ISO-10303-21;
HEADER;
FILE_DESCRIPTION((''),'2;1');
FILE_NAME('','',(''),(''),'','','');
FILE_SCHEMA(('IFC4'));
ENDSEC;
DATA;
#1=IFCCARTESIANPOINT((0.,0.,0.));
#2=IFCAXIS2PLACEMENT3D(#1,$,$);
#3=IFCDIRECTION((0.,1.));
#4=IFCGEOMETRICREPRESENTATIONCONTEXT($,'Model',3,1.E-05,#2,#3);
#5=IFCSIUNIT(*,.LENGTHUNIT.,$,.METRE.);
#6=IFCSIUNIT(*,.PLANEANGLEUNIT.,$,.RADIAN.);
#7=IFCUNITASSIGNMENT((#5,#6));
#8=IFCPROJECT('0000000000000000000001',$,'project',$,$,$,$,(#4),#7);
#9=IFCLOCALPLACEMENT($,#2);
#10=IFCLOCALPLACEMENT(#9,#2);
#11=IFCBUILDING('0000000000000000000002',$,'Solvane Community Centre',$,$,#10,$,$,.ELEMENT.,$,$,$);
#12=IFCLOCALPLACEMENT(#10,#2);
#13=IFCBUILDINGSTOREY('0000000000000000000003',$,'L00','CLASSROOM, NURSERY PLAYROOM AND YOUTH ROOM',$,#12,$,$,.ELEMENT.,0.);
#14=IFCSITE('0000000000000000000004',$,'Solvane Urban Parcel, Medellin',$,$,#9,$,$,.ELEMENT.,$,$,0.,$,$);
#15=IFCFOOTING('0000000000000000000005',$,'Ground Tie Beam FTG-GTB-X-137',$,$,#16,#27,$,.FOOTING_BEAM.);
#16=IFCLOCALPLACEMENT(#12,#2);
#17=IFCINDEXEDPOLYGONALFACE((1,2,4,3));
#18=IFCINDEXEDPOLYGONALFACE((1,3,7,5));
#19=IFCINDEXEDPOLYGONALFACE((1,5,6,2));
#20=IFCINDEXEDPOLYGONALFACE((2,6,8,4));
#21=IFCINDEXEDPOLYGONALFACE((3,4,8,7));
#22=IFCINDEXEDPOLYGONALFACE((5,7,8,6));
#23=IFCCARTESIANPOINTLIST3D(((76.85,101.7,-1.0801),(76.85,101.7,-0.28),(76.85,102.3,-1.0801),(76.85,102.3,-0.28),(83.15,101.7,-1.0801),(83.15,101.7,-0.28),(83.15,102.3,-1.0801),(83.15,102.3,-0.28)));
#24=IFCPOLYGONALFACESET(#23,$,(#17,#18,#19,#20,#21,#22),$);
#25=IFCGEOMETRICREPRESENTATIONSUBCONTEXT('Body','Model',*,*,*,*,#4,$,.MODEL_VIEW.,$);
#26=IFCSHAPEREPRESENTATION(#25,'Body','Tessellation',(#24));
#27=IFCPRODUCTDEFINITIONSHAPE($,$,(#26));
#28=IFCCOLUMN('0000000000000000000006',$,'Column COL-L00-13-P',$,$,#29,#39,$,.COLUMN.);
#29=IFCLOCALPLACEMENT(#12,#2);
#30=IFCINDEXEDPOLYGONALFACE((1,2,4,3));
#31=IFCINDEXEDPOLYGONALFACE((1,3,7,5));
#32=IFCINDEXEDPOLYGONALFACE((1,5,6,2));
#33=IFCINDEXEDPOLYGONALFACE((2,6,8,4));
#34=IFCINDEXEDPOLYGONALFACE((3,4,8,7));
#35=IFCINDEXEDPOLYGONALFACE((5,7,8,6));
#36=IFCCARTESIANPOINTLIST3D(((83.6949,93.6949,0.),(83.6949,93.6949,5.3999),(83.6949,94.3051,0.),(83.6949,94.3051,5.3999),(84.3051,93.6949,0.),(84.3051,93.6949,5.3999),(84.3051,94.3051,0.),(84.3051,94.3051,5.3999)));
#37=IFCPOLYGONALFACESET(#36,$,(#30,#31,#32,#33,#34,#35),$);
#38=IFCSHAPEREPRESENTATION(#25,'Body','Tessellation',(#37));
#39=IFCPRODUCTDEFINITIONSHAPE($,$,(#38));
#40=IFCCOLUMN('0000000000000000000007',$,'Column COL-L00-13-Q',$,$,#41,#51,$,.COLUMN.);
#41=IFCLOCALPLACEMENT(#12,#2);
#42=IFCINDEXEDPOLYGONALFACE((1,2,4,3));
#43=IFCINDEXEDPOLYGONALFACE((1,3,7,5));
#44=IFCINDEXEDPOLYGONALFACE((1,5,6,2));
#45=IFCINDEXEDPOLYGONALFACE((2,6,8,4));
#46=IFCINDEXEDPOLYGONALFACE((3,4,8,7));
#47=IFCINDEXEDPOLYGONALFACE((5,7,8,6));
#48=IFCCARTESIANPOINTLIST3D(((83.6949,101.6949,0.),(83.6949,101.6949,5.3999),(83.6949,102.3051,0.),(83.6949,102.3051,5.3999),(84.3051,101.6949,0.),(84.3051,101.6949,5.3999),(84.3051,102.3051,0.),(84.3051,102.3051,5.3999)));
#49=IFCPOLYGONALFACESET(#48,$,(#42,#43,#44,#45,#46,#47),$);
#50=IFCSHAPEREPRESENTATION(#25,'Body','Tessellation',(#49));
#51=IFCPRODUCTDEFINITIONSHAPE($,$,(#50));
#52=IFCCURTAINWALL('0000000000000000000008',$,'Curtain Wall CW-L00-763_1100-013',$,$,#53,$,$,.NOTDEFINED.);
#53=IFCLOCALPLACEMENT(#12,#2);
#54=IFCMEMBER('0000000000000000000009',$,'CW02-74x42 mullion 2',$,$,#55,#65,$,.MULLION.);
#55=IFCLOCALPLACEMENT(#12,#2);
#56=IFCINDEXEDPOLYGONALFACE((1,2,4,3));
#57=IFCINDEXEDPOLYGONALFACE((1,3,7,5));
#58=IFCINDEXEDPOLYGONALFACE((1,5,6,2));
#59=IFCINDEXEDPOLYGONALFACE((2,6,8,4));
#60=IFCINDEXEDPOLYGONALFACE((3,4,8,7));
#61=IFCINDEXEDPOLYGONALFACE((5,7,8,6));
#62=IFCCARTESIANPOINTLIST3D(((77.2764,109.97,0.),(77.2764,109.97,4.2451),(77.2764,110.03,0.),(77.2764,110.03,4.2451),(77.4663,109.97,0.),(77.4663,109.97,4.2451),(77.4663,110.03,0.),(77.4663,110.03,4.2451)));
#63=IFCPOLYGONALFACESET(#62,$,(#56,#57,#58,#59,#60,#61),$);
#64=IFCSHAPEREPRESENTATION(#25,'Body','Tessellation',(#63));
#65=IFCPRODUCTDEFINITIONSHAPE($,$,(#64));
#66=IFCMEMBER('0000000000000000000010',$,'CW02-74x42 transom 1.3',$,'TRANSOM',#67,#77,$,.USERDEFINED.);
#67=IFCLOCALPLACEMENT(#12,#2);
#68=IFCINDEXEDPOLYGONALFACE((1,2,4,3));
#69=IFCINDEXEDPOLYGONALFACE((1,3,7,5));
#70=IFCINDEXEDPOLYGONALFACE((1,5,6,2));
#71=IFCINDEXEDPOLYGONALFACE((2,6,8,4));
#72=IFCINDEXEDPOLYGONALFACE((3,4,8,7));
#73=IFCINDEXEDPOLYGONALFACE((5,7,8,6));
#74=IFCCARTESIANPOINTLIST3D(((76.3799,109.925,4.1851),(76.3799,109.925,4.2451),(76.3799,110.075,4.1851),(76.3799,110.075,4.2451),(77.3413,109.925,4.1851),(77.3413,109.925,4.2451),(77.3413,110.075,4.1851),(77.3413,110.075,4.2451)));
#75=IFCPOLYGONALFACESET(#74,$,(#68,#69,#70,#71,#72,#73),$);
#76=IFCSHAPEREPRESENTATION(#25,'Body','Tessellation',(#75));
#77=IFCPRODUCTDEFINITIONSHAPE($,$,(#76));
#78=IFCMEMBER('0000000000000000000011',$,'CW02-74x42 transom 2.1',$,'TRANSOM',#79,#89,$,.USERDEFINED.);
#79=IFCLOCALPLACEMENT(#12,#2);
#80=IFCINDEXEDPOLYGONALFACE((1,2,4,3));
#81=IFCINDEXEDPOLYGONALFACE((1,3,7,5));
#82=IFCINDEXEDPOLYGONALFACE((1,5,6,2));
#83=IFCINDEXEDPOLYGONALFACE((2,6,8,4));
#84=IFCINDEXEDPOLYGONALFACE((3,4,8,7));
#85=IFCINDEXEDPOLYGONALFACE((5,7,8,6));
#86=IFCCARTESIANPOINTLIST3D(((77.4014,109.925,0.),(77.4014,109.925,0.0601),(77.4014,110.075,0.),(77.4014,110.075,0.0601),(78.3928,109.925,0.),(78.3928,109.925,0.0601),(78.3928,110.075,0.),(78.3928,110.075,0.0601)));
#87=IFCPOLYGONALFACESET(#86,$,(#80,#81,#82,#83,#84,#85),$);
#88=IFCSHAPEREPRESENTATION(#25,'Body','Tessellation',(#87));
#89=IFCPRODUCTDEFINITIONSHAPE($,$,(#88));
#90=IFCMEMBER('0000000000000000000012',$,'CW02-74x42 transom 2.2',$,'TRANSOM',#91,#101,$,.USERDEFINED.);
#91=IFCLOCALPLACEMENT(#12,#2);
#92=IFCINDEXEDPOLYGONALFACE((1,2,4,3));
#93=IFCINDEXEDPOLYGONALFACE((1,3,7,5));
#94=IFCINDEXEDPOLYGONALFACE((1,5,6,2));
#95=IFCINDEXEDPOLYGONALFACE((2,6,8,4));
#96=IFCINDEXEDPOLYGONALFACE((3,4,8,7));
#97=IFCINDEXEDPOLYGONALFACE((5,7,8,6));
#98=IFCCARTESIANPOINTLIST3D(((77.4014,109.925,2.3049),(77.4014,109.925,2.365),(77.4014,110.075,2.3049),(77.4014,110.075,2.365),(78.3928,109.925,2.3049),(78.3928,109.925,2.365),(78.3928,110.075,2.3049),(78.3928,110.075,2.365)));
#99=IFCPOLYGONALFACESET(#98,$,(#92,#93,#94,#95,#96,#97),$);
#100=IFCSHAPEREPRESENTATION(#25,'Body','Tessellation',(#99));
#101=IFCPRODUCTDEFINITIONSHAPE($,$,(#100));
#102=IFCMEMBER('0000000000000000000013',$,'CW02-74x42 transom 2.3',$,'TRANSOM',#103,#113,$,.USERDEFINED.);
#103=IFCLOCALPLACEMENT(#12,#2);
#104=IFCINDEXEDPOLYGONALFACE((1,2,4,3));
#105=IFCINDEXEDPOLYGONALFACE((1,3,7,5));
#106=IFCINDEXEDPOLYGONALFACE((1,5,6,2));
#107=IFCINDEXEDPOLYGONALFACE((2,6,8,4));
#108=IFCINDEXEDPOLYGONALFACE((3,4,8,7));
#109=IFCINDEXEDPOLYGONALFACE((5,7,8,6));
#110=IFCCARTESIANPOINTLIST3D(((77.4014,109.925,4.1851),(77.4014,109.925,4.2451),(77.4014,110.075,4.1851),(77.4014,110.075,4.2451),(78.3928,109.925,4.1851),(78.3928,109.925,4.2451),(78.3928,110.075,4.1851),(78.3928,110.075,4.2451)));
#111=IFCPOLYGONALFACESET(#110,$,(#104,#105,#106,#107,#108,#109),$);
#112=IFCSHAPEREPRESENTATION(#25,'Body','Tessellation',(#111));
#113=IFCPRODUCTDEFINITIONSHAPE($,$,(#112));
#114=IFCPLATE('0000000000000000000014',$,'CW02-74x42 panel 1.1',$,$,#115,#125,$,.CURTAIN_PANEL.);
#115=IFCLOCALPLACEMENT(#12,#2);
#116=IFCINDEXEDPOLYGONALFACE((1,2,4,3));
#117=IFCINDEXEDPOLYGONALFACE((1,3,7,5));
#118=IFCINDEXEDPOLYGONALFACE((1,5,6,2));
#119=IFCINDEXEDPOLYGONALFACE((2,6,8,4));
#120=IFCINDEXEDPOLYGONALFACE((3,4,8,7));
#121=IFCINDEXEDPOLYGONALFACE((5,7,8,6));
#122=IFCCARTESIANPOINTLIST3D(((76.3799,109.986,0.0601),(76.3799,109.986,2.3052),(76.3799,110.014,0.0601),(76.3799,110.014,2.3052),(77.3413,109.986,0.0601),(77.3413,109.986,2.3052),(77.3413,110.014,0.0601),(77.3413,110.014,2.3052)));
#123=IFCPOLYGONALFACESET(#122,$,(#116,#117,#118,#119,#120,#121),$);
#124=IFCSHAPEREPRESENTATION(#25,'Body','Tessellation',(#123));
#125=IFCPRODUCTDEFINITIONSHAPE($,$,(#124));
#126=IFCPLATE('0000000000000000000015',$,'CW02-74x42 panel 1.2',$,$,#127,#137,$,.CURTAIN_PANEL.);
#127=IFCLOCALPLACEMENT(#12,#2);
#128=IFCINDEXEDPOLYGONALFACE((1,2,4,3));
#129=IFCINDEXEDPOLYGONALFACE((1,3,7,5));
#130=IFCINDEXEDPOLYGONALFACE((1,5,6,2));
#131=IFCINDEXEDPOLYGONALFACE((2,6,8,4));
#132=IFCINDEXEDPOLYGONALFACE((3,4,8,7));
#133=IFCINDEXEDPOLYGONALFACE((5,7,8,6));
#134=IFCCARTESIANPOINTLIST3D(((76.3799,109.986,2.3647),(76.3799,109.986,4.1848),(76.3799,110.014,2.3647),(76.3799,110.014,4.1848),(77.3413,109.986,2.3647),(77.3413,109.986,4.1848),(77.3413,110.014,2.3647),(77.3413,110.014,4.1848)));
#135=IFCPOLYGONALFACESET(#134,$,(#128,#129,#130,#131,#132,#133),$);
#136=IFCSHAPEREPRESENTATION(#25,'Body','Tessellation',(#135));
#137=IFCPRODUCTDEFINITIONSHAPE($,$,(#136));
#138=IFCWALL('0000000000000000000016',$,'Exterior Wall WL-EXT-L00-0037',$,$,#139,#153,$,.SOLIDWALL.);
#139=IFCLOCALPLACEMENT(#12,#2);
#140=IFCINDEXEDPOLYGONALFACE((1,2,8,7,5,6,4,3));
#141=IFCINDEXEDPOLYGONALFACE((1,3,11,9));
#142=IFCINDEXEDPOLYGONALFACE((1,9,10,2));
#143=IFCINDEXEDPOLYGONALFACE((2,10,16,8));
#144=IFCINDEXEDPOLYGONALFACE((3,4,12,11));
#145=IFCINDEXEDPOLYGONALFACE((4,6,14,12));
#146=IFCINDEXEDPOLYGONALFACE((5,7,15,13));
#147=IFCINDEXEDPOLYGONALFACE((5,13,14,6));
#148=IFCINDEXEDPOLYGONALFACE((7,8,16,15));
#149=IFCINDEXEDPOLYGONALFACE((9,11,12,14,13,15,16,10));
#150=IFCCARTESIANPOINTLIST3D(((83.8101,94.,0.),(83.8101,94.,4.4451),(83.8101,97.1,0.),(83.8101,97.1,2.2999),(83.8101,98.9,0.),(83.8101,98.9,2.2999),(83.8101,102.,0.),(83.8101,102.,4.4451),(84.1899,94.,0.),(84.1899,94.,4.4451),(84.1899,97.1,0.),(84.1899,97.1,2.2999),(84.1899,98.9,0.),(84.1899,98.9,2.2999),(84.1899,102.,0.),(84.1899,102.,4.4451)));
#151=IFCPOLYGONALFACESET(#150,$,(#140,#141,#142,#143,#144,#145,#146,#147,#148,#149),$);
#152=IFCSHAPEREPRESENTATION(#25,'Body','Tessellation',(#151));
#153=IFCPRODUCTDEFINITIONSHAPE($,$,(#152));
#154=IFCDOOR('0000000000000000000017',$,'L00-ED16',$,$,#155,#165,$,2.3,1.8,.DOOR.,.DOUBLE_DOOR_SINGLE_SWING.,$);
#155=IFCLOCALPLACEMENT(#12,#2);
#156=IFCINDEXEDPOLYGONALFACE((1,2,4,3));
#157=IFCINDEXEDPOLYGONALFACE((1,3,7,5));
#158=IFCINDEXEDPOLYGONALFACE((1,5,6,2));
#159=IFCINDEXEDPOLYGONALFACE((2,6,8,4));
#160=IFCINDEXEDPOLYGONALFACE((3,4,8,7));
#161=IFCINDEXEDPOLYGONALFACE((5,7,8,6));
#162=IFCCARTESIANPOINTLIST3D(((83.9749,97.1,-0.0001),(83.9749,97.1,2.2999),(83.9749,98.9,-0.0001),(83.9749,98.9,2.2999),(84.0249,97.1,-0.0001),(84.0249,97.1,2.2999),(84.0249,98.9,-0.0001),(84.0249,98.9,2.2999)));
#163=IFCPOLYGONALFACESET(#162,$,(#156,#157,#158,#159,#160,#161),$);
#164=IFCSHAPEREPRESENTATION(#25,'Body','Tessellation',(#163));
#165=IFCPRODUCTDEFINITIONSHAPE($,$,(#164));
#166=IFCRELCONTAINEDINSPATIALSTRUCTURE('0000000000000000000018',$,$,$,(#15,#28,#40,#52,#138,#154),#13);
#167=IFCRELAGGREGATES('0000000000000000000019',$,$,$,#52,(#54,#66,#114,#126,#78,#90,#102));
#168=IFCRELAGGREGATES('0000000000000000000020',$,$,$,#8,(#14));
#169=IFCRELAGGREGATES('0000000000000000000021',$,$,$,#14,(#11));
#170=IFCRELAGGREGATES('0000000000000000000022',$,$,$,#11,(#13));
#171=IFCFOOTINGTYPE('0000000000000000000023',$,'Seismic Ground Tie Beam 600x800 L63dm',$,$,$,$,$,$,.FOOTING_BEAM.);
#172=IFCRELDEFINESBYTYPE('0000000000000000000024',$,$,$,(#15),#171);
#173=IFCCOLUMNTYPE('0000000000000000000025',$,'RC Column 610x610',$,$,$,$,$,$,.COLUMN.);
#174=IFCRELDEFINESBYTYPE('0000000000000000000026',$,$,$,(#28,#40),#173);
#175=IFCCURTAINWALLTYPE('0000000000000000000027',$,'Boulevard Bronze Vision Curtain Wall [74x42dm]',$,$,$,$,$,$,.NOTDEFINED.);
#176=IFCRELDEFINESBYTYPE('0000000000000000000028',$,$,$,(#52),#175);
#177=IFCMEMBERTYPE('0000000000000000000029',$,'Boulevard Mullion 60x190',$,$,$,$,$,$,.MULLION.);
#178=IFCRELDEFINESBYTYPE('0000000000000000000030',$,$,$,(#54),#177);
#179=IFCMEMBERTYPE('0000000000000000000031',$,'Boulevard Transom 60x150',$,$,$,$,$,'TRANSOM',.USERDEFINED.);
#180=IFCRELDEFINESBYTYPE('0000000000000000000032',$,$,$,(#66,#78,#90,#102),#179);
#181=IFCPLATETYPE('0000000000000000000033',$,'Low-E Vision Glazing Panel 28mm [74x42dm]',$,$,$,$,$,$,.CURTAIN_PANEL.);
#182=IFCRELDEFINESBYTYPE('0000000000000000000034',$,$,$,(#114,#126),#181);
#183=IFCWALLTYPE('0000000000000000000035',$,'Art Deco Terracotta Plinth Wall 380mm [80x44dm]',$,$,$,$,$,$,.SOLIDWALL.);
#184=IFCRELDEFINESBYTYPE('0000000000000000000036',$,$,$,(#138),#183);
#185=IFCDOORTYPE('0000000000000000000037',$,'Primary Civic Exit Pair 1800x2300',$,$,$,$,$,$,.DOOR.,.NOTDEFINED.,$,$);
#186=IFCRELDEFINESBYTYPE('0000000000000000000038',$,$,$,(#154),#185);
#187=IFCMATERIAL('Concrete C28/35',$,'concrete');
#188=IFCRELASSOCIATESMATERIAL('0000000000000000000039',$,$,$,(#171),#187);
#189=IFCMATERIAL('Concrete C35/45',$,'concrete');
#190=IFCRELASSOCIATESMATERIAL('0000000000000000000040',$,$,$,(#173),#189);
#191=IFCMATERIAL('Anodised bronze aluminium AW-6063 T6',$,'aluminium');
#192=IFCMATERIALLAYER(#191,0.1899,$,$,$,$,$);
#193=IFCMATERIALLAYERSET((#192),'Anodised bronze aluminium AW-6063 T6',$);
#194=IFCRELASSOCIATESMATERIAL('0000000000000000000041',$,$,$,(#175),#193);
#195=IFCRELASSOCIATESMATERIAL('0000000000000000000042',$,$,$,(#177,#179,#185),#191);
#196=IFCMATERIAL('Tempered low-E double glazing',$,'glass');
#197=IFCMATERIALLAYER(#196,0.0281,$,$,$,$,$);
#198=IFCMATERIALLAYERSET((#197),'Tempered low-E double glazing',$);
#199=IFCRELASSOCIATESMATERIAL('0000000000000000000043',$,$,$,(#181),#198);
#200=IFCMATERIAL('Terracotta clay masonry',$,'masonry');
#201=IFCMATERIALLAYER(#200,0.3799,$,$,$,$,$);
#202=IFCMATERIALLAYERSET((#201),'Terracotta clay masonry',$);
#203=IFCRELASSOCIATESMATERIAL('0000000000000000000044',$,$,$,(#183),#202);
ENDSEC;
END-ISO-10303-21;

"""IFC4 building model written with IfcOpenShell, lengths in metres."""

from ifc_helpers import new_model, si_unit, direction, frame, frame_2d, origin, origin_2d, place, context, subcontext, project, spatial, rectangle, extrude, material, layer, layer_set, material_profile, profile_set, type_object, element, fill, aggregate, save


model = new_model("IFC4")

# Units and contexts
model_context = context("Model", 3, precision=1e-05, world=origin(), true_north=direction((0.0, 1.0)))
body_context = subcontext(model_context, "Body", "Model", "MODEL_VIEW")
ifc_project = project(units=[si_unit("LENGTHUNIT", "METRE"), si_unit("PLANEANGLEUNIT", "RADIAN")], contexts=[model_context])

# Site, building, storey
site_placement = place(None, origin())
site = spatial("IfcSite", under=ifc_project, at=site_placement, Name="Solvane Urban Parcel, Medellin", CompositionType="ELEMENT", RefElevation=0.0)
building_placement = place(site_placement, origin())
building = spatial("IfcBuilding", under=site, at=building_placement, Name="Solvane Community Centre", CompositionType="ELEMENT")
storey_placement = place(building_placement, origin())
storey = spatial("IfcBuildingStorey", under=building, at=storey_placement, Name="L00", Description="CLASSROOM, NURSERY PLAYROOM AND YOUTH ROOM", CompositionType="ELEMENT", Elevation=0.0)

# Shared definitions
ifc_material_1 = material(Name="Concrete C28/35", Category="concrete")

# Footing
footing_type_1 = type_object("IfcFootingType", Name="Seismic Ground Tie Beam 600x800 L63dm", PredefinedType="FOOTING_BEAM", material=ifc_material_1)
for number, where, z_axis, x_axis, name in (
    (1, (80.0, 102.0, -1.0801), (0.0, 0.0, 1.0), (1.0, 0.0, 0.0), "Ground Tie Beam FTG-GTB-X-137"),
):
    element("IfcFooting", number, at=place(storey_placement, frame(where, z_axis=z_axis, x_axis=x_axis)), inside=storey, type_object=footing_type_1, Name=name, PredefinedType="FOOTING_BEAM", context=body_context, shape_type="SweptSolid", body=[
        extrude(rectangle(XDim=6.3, YDim=0.6001, at=origin_2d()), origin(), (0.0, 0.0, 1.0), 0.8),
    ])

# Columns
ifc_material_2 = material(Name="Concrete C35/45", Category="concrete")
ifc_material_profile_1 = material_profile(ifc_material_2, rectangle(XDim=0.6101, YDim=0.6101, at=origin_2d()), Name="RC 610x610")
ifc_profile_set_1 = profile_set([ifc_material_profile_1], Name="Concrete C35/45")
column_type = type_object("IfcColumnType", Name="RC Column 610x610", PredefinedType="COLUMN", material=ifc_profile_set_1)
for number, where, z_axis, x_axis, name in (
    (2, (84.0, 94.0, 0.0), (0.0, 0.0, 1.0), (1.0, 0.0, 0.0), "Column COL-L00-13-P"),
    (3, (84.0, 102.0, 0.0), (0.0, 0.0, 1.0), (1.0, 0.0, 0.0), "Column COL-L00-13-Q"),
):
    element("IfcColumn", number, at=place(storey_placement, frame(where, z_axis=z_axis, x_axis=x_axis)), inside=storey, type_object=column_type, Name=name, PredefinedType="COLUMN", context=body_context, shape_type="SweptSolid", body=[
        extrude(rectangle(XDim=0.6101, YDim=0.6101, at=origin_2d()), origin(), (0.0, 0.0, 1.0), 5.3999),
    ])

# Curtain wall, members, plates
ifc_material_3 = material(Name="Anodised bronze aluminium AW-6063 T6", Category="aluminium")
ifc_layer_1 = layer(ifc_material_3, 0.1899)
ifc_layer_set_1 = layer_set([ifc_layer_1], Name="Anodised bronze aluminium AW-6063 T6")
curtain_wall_type = type_object("IfcCurtainWallType", Name="Boulevard Bronze Vision Curtain Wall [74x42dm]", PredefinedType="NOTDEFINED", material=ifc_layer_set_1)
curtain_wall_placement = place(storey_placement, origin())
curtain_wall = element("IfcCurtainWall", 4, at=curtain_wall_placement, inside=storey, type_object=curtain_wall_type, Name="Curtain Wall CW-L00-763_1100-013", PredefinedType="NOTDEFINED")
ifc_material_profile_2 = material_profile(ifc_material_3, rectangle(XDim=0.0601, YDim=0.1899, at=origin_2d()), Name="CW-M 60x190")
ifc_profile_set_2 = profile_set([ifc_material_profile_2], Name="Anodised bronze aluminium AW-6063 T6")
member_type_1 = type_object("IfcMemberType", Name="Boulevard Mullion 60x190", PredefinedType="MULLION", material=ifc_profile_set_2)
member_1_placement = place(storey_placement, frame((77.3713, 110.0, 0.0), z_axis=(0.0, 0.0, 1.0), x_axis=(0.0, 1.0, 0.0)))
member_1 = element("IfcMember", 5, at=member_1_placement, type_object=member_type_1, Name="CW02-74x42 mullion 2", PredefinedType="MULLION", context=body_context, shape_type="SweptSolid", body=[
    extrude(rectangle(XDim=0.0601, YDim=0.1899, at=origin_2d()), origin(), (0.0, 0.0, 1.0), 4.2451),
])
ifc_material_profile_3 = material_profile(ifc_material_3, rectangle(XDim=0.1499, YDim=0.0601, at=origin_2d()), Name="CW-T 60x150")
ifc_profile_set_3 = profile_set([ifc_material_profile_3], Name="Anodised bronze aluminium AW-6063 T6")
member_type_2 = type_object("IfcMemberType", Name="Boulevard Transom 60x150", ElementType="TRANSOM", PredefinedType="USERDEFINED", material=ifc_profile_set_3)
member_2_placement = place(storey_placement, frame((76.3799, 110.0, 4.2151), z_axis=(1.0, 0.0, 0.0), x_axis=(0.0, 1.0, 0.0)))
member_2 = element("IfcMember", 6, at=member_2_placement, type_object=member_type_2, Name="CW02-74x42 transom 1.3", ObjectType="TRANSOM", PredefinedType="USERDEFINED", context=body_context, shape_type="SweptSolid", body=[
    extrude(rectangle(XDim=0.1499, YDim=0.0601, at=origin_2d()), origin(), (0.0, 0.0, 1.0), 0.9614),
])
member_3_placement = place(storey_placement, frame((77.4014, 110.0, 0.03), z_axis=(1.0, 0.0, 0.0), x_axis=(0.0, 1.0, 0.0)))
member_3 = element("IfcMember", 7, at=member_3_placement, type_object=member_type_2, Name="CW02-74x42 transom 2.1", ObjectType="TRANSOM", PredefinedType="USERDEFINED", context=body_context, shape_type="SweptSolid", body=[
    extrude(rectangle(XDim=0.1499, YDim=0.0601, at=origin_2d()), origin(), (0.0, 0.0, 1.0), 0.9915),
])
member_4_placement = place(storey_placement, frame((77.4014, 110.0, 2.335), z_axis=(1.0, 0.0, 0.0), x_axis=(0.0, 1.0, 0.0)))
member_4 = element("IfcMember", 8, at=member_4_placement, type_object=member_type_2, Name="CW02-74x42 transom 2.2", ObjectType="TRANSOM", PredefinedType="USERDEFINED", context=body_context, shape_type="SweptSolid", body=[
    extrude(rectangle(XDim=0.1499, YDim=0.0601, at=origin_2d()), origin(), (0.0, 0.0, 1.0), 0.9915),
])
member_5_placement = place(storey_placement, frame((77.4014, 110.0, 4.2151), z_axis=(1.0, 0.0, 0.0), x_axis=(0.0, 1.0, 0.0)))
member_5 = element("IfcMember", 9, at=member_5_placement, type_object=member_type_2, Name="CW02-74x42 transom 2.3", ObjectType="TRANSOM", PredefinedType="USERDEFINED", context=body_context, shape_type="SweptSolid", body=[
    extrude(rectangle(XDim=0.1499, YDim=0.0601, at=origin_2d()), origin(), (0.0, 0.0, 1.0), 0.9915),
])
ifc_material_4 = material(Name="Tempered low-E double glazing", Category="glass")
ifc_layer_2 = layer(ifc_material_4, 0.0281)
ifc_layer_set_2 = layer_set([ifc_layer_2], Name="Tempered low-E double glazing")
plate_type = type_object("IfcPlateType", Name="Low-E Vision Glazing Panel 28mm [74x42dm]", PredefinedType="CURTAIN_PANEL", material=ifc_layer_set_2)
plate_1_placement = place(storey_placement, frame((76.8606, 110.0, 0.0601), z_axis=(0.0, 0.0, 1.0), x_axis=(1.0, 0.0, 0.0)))
plate_1 = element("IfcPlate", 10, at=plate_1_placement, type_object=plate_type, Name="CW02-74x42 panel 1.1", PredefinedType="CURTAIN_PANEL", context=body_context, shape_type="SweptSolid", body=[
    extrude(rectangle(XDim=0.9614, YDim=0.0281, at=origin_2d()), origin(), (0.0, 0.0, 1.0), 2.2451),
])
plate_2_placement = place(storey_placement, frame((76.8606, 110.0, 2.3647), z_axis=(0.0, 0.0, 1.0), x_axis=(1.0, 0.0, 0.0)))
plate_2 = element("IfcPlate", 11, at=plate_2_placement, type_object=plate_type, Name="CW02-74x42 panel 1.2", PredefinedType="CURTAIN_PANEL", context=body_context, shape_type="SweptSolid", body=[
    extrude(rectangle(XDim=0.9614, YDim=0.0281, at=origin_2d()), origin(), (0.0, 0.0, 1.0), 1.8201),
])
aggregate(curtain_wall, [member_1, member_2, plate_1, plate_2, member_3, member_4, member_5])

# Wall, opening, door
ifc_material_5 = material(Name="Terracotta clay masonry", Category="masonry")
ifc_layer_3 = layer(ifc_material_5, 0.3799)
ifc_layer_set_3 = layer_set([ifc_layer_3], Name="Terracotta clay masonry")
wall_type_1 = type_object("IfcWallType", Name="Art Deco Terracotta Plinth Wall 380mm [80x44dm]", PredefinedType="SOLIDWALL", material=ifc_layer_set_3)
wall_1_placement = place(storey_placement, frame((84.0, 102.0, 0.0), z_axis=(0.0, 0.0, 1.0), x_axis=(0.0, -1.0, 0.0)))
wall_1 = element("IfcWall", 12, at=wall_1_placement, inside=storey, type_object=wall_type_1, Name="Exterior Wall WL-EXT-L00-0037", PredefinedType="SOLIDWALL", context=body_context, shape_type="SweptSolid", body=[
    extrude(rectangle(XDim=8.0, YDim=0.3799, at=frame_2d((4.0, 0.0))), origin(), (0.0, 0.0, 1.0), 4.4451),
])
opening_1_placement = place(wall_1_placement, frame((3.1001, 0.0, 0.0)))
opening_1 = element("IfcOpeningElement", 13, at=opening_1_placement, cuts=wall_1, PredefinedType="OPENING", context=body_context, shape_type="SweptSolid", body=[
    extrude(rectangle(XDim=1.8, YDim=2.3, at=frame_2d((0.8999, 1.1499))), frame((0.0, 0.2, 0.0), z_axis=(0.0, -1.0, 0.0), x_axis=(1.0, 0.0, 0.0)), (0.0, 0.0, 1.0), 0.3999),
])
door_type = type_object("IfcDoorType", Name="Primary Civic Exit Pair 1800x2300", OperationType="NOTDEFINED", PredefinedType="DOOR", material=ifc_material_3)
door_placement = place(opening_1_placement, origin())
door = element("IfcDoor", 14, at=door_placement, inside=storey, type_object=door_type, Name="L00-ED16", OperationType="DOUBLE_DOOR_SINGLE_SWING", OverallHeight=2.3, OverallWidth=1.8, PredefinedType="DOOR", context=body_context, shape_type="SweptSolid", body=[
    extrude(rectangle(XDim=1.8, YDim=2.3, at=frame_2d((0.8999, 1.1499))), frame((0.0, 0.0249, 0.0), z_axis=(0.0, -1.0, 0.0), x_axis=(1.0, 0.0, 0.0)), (0.0, 0.0, 1.0), 0.05),
])
fill(opening_1, door)

save(model, "model.ifc")
